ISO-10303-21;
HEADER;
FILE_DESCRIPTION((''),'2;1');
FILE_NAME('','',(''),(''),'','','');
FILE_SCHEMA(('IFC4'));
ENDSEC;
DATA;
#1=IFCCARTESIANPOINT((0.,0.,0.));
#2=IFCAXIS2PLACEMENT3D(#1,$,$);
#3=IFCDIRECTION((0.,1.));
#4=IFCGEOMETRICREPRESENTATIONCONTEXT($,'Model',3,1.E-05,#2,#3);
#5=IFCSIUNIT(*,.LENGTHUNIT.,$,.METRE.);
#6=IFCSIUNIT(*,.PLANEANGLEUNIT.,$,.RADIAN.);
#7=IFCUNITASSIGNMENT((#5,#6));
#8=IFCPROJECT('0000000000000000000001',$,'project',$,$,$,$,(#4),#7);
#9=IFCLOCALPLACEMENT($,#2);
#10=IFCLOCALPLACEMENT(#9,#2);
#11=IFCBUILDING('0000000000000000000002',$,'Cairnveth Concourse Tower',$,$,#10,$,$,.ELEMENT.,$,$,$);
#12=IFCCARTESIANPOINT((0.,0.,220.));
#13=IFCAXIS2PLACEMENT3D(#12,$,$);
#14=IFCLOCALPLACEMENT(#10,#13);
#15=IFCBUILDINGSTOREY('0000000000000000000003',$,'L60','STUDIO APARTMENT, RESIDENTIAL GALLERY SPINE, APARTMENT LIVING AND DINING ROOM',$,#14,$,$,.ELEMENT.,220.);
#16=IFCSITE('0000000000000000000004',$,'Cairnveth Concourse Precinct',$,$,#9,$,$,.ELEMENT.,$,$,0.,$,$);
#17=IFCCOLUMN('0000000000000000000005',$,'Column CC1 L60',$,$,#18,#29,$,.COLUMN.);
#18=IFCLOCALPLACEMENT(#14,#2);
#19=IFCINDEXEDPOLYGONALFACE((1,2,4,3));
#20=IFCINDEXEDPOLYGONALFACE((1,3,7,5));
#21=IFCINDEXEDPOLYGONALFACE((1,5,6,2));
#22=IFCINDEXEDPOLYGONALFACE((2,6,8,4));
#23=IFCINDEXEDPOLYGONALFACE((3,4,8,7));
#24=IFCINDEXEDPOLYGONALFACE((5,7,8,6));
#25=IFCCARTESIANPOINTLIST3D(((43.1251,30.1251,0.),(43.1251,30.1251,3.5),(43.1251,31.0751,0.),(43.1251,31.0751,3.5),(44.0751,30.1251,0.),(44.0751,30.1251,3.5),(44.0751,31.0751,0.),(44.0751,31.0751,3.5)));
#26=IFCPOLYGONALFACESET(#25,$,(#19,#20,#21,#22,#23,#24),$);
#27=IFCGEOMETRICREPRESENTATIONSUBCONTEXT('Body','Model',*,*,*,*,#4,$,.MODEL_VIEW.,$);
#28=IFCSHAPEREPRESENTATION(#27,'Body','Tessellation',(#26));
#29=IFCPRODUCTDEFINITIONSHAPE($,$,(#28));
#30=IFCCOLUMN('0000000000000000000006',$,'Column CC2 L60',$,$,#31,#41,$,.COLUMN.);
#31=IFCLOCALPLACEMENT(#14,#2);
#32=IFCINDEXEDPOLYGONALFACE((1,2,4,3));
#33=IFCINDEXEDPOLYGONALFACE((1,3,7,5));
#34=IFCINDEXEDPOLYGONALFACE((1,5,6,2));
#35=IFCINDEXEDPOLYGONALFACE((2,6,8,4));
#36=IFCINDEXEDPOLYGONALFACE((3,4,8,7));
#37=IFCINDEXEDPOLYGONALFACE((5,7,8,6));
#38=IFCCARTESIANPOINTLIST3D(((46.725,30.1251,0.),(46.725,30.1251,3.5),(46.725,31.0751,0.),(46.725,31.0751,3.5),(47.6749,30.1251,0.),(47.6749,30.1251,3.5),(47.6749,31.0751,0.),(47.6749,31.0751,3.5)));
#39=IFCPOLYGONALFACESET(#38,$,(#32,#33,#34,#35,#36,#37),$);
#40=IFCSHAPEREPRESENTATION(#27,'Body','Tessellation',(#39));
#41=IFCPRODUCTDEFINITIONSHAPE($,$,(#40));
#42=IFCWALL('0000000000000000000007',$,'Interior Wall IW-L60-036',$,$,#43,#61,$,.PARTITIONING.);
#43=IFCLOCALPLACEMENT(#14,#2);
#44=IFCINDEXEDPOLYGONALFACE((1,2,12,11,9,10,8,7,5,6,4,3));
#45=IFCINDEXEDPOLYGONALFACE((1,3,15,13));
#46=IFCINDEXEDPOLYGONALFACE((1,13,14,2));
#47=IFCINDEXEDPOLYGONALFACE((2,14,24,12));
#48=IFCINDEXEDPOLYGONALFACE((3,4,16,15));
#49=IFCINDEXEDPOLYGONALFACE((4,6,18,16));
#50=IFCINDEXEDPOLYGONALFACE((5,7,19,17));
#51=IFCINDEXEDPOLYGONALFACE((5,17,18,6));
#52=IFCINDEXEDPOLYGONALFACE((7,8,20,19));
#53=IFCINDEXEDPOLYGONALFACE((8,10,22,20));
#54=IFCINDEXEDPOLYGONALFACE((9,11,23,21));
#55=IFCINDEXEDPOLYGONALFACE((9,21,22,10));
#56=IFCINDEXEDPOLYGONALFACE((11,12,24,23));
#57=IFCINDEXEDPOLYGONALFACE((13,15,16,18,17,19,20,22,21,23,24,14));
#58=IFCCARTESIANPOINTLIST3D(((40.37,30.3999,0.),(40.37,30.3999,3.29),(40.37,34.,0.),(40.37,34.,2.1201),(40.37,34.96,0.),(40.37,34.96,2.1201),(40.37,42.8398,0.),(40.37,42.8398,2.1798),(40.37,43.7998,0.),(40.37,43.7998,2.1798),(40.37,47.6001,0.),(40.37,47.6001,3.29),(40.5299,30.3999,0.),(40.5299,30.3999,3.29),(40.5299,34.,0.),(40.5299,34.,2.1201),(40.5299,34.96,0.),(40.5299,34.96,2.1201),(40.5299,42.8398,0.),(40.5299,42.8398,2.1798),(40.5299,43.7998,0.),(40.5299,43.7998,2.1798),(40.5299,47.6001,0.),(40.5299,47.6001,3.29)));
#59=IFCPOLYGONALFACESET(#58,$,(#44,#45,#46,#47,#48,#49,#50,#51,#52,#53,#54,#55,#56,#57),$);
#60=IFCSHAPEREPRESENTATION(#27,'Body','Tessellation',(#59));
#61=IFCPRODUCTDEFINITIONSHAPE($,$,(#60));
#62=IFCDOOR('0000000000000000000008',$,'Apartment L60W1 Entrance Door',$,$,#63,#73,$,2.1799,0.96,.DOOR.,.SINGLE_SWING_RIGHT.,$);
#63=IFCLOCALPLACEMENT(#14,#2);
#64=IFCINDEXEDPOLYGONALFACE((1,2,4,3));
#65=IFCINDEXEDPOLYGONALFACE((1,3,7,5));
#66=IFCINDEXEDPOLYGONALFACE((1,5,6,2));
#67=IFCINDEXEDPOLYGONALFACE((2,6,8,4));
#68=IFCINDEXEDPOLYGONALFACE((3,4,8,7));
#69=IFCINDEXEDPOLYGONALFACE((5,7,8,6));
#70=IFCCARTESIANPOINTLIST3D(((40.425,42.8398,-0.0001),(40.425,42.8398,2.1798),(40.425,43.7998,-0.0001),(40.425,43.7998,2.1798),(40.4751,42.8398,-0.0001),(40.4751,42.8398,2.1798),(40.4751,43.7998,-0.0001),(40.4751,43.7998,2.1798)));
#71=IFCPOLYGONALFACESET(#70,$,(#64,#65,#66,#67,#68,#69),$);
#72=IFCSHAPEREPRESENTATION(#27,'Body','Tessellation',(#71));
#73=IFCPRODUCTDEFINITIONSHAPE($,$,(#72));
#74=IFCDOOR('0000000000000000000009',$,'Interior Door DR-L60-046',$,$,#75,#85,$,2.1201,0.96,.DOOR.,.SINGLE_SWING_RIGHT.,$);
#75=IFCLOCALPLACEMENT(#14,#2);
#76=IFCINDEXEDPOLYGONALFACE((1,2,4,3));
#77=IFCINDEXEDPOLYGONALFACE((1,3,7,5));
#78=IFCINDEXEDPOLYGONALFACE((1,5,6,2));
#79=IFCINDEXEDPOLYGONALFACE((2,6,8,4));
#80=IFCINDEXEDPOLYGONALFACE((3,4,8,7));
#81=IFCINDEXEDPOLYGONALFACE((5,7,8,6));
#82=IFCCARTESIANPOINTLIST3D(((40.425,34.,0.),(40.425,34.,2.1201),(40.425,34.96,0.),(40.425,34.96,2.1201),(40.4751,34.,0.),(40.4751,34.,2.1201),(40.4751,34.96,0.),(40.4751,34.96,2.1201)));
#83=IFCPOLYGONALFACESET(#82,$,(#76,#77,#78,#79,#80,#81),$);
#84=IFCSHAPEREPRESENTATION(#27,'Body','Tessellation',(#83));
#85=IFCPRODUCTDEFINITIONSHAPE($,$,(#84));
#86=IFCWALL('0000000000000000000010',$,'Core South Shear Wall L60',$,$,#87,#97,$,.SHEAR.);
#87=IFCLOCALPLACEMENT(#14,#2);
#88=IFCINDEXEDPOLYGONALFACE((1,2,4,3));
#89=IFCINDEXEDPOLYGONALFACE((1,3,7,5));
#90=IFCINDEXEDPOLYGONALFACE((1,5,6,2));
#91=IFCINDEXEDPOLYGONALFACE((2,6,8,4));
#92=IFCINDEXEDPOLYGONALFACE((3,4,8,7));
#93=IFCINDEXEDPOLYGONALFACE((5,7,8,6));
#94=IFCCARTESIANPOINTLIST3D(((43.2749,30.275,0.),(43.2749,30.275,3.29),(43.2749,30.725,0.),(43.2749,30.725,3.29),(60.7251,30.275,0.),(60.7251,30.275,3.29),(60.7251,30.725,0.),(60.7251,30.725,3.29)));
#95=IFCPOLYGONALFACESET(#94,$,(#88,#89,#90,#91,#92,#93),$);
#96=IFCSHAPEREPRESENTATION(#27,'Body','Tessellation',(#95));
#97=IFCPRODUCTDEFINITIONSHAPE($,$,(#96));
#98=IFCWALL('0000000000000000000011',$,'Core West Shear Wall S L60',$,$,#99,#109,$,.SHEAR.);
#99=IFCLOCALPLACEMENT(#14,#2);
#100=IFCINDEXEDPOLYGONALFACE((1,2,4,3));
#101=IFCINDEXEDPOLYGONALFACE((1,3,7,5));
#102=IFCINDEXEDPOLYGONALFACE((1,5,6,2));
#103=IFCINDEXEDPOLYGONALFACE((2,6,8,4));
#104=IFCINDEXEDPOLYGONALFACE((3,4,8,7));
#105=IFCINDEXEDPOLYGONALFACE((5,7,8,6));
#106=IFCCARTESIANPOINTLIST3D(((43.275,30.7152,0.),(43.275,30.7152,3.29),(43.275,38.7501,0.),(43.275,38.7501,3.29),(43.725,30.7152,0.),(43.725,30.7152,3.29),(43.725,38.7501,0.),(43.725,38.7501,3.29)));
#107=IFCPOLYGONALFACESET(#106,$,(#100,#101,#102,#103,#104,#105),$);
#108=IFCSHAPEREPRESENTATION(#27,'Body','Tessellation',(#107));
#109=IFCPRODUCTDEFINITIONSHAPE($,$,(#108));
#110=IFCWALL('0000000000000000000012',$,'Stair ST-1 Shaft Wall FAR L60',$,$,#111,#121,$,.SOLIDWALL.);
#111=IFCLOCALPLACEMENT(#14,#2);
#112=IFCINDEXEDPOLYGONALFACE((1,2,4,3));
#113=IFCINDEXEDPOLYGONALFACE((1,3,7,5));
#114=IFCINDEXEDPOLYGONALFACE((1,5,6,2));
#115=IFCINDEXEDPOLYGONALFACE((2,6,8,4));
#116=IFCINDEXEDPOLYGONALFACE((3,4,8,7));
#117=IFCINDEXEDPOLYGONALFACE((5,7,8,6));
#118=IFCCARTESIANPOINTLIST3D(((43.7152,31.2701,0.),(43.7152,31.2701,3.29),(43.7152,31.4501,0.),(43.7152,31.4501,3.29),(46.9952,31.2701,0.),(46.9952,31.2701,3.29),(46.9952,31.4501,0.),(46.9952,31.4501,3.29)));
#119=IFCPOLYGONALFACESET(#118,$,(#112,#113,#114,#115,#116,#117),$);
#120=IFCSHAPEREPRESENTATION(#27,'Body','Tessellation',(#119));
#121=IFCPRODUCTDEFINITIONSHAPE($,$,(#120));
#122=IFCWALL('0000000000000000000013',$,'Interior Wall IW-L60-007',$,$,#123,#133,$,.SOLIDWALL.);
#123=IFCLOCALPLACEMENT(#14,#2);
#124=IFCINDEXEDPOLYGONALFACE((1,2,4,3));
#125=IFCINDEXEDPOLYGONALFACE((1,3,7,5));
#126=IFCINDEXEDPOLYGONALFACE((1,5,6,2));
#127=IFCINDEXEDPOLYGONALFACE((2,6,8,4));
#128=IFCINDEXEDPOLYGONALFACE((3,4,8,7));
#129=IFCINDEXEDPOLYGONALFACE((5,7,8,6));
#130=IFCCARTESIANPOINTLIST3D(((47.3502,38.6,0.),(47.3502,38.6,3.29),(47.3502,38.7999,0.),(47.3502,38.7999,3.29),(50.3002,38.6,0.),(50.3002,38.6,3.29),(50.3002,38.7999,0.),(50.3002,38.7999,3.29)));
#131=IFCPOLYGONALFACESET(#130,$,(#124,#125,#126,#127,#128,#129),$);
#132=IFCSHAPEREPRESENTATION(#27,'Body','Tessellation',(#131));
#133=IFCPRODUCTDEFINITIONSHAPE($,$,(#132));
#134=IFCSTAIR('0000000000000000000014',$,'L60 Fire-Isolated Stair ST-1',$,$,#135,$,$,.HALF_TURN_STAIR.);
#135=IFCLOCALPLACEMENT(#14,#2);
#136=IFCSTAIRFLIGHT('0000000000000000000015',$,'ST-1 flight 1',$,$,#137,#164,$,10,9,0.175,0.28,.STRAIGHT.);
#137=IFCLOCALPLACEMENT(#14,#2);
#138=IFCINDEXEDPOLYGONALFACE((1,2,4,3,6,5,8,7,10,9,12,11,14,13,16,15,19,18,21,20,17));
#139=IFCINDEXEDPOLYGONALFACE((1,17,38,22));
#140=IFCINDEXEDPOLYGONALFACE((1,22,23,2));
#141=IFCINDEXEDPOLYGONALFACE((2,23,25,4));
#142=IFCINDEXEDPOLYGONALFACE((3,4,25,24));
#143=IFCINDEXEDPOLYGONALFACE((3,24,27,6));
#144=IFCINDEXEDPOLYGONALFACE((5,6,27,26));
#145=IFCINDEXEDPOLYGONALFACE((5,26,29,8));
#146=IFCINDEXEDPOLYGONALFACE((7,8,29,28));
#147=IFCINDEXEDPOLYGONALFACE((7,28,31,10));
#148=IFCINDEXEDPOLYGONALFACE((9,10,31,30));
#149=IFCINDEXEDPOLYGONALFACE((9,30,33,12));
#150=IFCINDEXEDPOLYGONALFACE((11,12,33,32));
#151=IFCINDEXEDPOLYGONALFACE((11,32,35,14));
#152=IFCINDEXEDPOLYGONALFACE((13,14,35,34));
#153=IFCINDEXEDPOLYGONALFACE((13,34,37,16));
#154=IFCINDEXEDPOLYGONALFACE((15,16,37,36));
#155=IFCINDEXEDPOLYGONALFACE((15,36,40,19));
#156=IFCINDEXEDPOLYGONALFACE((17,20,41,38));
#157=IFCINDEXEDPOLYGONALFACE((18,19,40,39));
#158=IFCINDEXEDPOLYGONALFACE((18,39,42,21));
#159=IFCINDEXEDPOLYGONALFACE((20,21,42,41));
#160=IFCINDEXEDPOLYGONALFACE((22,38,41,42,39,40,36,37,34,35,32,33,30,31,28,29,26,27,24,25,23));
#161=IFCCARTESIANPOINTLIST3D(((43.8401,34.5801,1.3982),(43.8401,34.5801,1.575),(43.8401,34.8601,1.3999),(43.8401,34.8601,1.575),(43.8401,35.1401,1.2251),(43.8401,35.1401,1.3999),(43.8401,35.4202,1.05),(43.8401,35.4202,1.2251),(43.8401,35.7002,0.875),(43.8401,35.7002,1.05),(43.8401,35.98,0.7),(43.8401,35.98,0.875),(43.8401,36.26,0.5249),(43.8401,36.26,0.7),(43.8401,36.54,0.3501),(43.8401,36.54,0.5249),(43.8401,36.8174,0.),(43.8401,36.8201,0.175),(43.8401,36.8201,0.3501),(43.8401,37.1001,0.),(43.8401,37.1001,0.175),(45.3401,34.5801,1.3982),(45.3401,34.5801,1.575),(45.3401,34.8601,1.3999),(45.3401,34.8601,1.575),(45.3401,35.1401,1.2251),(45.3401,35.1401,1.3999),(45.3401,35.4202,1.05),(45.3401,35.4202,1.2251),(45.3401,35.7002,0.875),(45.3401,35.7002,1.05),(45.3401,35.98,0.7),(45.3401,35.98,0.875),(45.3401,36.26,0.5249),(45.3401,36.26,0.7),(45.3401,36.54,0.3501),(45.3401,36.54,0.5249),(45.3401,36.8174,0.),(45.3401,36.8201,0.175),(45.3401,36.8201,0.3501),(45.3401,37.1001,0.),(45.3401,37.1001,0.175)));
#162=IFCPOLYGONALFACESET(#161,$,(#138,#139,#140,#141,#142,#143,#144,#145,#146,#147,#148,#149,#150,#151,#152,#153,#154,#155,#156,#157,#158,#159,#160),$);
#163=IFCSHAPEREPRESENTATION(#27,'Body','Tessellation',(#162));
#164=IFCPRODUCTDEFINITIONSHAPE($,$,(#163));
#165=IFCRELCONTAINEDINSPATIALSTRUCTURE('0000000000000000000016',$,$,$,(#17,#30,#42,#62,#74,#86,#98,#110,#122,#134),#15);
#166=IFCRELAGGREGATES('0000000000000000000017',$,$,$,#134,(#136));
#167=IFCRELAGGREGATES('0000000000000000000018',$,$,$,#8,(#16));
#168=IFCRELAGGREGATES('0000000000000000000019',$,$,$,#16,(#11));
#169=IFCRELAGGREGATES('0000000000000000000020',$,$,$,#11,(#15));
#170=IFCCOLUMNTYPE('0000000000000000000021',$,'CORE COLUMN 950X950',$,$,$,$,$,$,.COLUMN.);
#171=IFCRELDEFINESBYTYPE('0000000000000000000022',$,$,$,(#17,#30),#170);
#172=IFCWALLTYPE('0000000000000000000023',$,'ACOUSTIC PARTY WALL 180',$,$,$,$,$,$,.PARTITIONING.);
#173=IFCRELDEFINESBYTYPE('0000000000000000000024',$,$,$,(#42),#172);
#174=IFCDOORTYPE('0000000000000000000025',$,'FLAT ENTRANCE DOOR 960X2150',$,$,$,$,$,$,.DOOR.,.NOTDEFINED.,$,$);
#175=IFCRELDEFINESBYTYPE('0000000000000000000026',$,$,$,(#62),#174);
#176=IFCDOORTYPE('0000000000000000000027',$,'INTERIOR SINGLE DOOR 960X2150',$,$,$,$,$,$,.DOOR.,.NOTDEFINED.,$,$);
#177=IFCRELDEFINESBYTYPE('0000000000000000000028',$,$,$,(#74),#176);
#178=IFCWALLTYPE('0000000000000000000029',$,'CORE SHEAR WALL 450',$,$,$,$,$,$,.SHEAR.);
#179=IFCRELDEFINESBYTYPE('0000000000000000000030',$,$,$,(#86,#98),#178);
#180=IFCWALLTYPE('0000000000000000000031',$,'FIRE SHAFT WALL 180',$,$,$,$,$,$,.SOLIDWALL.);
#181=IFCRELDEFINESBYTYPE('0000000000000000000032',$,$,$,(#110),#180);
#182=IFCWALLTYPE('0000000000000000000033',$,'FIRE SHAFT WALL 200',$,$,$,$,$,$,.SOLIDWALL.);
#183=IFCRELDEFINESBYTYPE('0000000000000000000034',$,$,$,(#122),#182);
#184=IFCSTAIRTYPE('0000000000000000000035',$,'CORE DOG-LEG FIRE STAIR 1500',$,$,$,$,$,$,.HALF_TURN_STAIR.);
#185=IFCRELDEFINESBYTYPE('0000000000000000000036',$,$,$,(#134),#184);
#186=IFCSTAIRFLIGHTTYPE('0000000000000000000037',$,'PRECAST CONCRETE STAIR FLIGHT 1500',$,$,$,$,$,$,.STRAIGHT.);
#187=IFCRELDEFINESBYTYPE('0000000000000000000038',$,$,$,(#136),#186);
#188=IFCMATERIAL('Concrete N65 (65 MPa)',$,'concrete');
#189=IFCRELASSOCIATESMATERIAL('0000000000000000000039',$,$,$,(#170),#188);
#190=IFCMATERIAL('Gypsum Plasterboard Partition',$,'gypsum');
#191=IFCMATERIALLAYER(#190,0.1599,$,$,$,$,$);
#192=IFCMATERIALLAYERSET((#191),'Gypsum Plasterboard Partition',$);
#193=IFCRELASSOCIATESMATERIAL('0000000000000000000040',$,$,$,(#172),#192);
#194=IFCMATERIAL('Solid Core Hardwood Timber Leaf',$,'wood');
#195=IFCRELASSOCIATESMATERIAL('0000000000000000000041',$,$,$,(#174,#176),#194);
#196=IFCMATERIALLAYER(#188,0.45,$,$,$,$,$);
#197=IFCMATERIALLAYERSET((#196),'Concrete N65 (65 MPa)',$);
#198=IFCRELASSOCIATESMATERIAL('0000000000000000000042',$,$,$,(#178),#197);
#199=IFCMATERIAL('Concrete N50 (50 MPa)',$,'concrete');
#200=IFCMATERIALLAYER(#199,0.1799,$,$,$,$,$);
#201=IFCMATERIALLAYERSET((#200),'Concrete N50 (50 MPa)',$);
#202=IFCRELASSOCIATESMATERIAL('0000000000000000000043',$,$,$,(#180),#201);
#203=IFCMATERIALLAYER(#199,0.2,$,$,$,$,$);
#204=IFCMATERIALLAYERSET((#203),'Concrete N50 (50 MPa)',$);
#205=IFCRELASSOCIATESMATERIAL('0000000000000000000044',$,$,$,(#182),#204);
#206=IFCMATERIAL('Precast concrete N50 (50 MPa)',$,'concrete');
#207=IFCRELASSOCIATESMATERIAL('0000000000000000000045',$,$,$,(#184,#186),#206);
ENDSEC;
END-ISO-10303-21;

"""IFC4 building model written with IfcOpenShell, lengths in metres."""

from ifc_helpers import new_model, si_unit, direction, frame, frame_2d, origin, origin_2d, place, context, subcontext, project, spatial, polyline, rectangle, outline, extrude, material, layer, layer_set, material_profile, profile_set, type_object, element, fill, aggregate, save


model = new_model("IFC4")

# Units and contexts
model_context = context("Model", 3, precision=1e-05, world=origin(), true_north=direction((0.0, 1.0)))
body_context = subcontext(model_context, "Body", "Model", "MODEL_VIEW")
ifc_project = project(units=[si_unit("LENGTHUNIT", "METRE"), si_unit("PLANEANGLEUNIT", "RADIAN")], contexts=[model_context])

# Site, building, storey
site_placement = place(None, origin())
site = spatial("IfcSite", under=ifc_project, at=site_placement, Name="Cairnveth Concourse Precinct", CompositionType="ELEMENT", RefElevation=0.0)
building_placement = place(site_placement, origin())
building = spatial("IfcBuilding", under=site, at=building_placement, Name="Cairnveth Concourse Tower", CompositionType="ELEMENT")
storey_placement = place(building_placement, frame((0.0, 0.0, 220.0)))
storey = spatial("IfcBuildingStorey", under=building, at=storey_placement, Name="L60", Description="STUDIO APARTMENT, RESIDENTIAL GALLERY SPINE, APARTMENT LIVING AND DINING ROOM", CompositionType="ELEMENT", Elevation=220.0)

# Columns
ifc_material_1 = material(Name="Concrete N65 (65 MPa)", Category="concrete")
ifc_material_profile = material_profile(ifc_material_1, rectangle(XDim=0.95, YDim=0.95, at=origin_2d()), Name="RC-COL-950x950")
ifc_profile_set = profile_set([ifc_material_profile], Name="Concrete N65 (65 MPa)")
column_type = type_object("IfcColumnType", Name="CORE COLUMN 950X950", PredefinedType="COLUMN", material=ifc_profile_set)
for number, where, z_axis, x_axis, name in (
    (1, (43.6001, 30.6001, 0.0), (0.0, 0.0, 1.0), (1.0, 0.0, 0.0), "Column CC1 L60"),
    (2, (47.2, 30.6001, 0.0), (0.0, 0.0, 1.0), (1.0, 0.0, 0.0), "Column CC2 L60"),
):
    element("IfcColumn", number, at=place(storey_placement, frame(where, z_axis=z_axis, x_axis=x_axis)), inside=storey, type_object=column_type, Name=name, PredefinedType="COLUMN", context=body_context, shape_type="SweptSolid", body=[
        extrude(rectangle(XDim=0.95, YDim=0.95, at=origin_2d()), origin(), (0.0, 0.0, 1.0), 3.5),
    ])

# Wall, openings, doors
ifc_material_2 = material(Name="Gypsum Plasterboard Partition", Category="gypsum")
ifc_layer_1 = layer(ifc_material_2, 0.1599)
ifc_layer_set_1 = layer_set([ifc_layer_1], Name="Gypsum Plasterboard Partition")
wall_type_1 = type_object("IfcWallType", Name="ACOUSTIC PARTY WALL 180", PredefinedType="PARTITIONING", material=ifc_layer_set_1)
wall_1_placement = place(storey_placement, frame((40.45, 30.3999, 0.0), z_axis=(0.0, 0.0, 1.0), x_axis=(0.0, 1.0, 0.0)))
wall_1 = element("IfcWall", 3, at=wall_1_placement, inside=storey, type_object=wall_type_1, Name="Interior Wall IW-L60-036", PredefinedType="PARTITIONING", context=body_context, shape_type="SweptSolid", body=[
    extrude(rectangle(XDim=17.2002, YDim=0.1599, at=frame_2d((8.6001, 0.0))), origin(), (0.0, 0.0, 1.0), 3.29),
])
opening_1_placement = place(wall_1_placement, frame((3.6001, 0.0, 0.0)))
opening_1 = element("IfcOpeningElement", 4, at=opening_1_placement, cuts=wall_1, PredefinedType="OPENING", context=body_context, shape_type="SweptSolid", body=[
    extrude(rectangle(XDim=0.96, YDim=2.1201, at=frame_2d((0.48, 1.0601))), frame((0.0, 0.0898, 0.0), z_axis=(0.0, -1.0, 0.0), x_axis=(1.0, 0.0, 0.0)), (0.0, 0.0, 1.0), 0.1799),
])
opening_2_placement = place(wall_1_placement, frame((12.4399, 0.0, 0.0)))
opening_2 = element("IfcOpeningElement", 5, at=opening_2_placement, cuts=wall_1, PredefinedType="OPENING", context=body_context, shape_type="SweptSolid", body=[
    extrude(rectangle(XDim=0.96, YDim=2.1799, at=frame_2d((0.48, 1.0898))), frame((0.0, 0.0898, 0.0), z_axis=(0.0, -1.0, 0.0), x_axis=(1.0, 0.0, 0.0)), (0.0, 0.0, 1.0), 0.1799),
])
ifc_material_3 = material(Name="Solid Core Hardwood Timber Leaf", Category="wood")
door_type_1 = type_object("IfcDoorType", Name="FLAT ENTRANCE DOOR 960X2150", OperationType="NOTDEFINED", PredefinedType="DOOR", material=ifc_material_3)
door_1_placement = place(opening_2_placement, origin())
door_1 = element("IfcDoor", 6, at=door_1_placement, inside=storey, type_object=door_type_1, Name="Apartment L60W1 Entrance Door", OperationType="SINGLE_SWING_RIGHT", OverallHeight=2.1799, OverallWidth=0.96, PredefinedType="DOOR", context=body_context, shape_type="SweptSolid", body=[
    extrude(rectangle(XDim=0.96, YDim=2.1799, at=frame_2d((0.48, 1.0898))), frame((0.0, 0.0249, 0.0), z_axis=(0.0, -1.0, 0.0), x_axis=(1.0, 0.0, 0.0)), (0.0, 0.0, 1.0), 0.05),
])
fill(opening_2, door_1)
door_type_2 = type_object("IfcDoorType", Name="INTERIOR SINGLE DOOR 960X2150", OperationType="NOTDEFINED", PredefinedType="DOOR", material=ifc_material_3)
door_2_placement = place(opening_1_placement, origin())
door_2 = element("IfcDoor", 7, at=door_2_placement, inside=storey, type_object=door_type_2, Name="Interior Door DR-L60-046", OperationType="SINGLE_SWING_RIGHT", OverallHeight=2.1201, OverallWidth=0.96, PredefinedType="DOOR", context=body_context, shape_type="SweptSolid", body=[
    extrude(rectangle(XDim=0.96, YDim=2.1201, at=frame_2d((0.48, 1.0601))), frame((0.0, 0.0249, 0.0), z_axis=(0.0, -1.0, 0.0), x_axis=(1.0, 0.0, 0.0)), (0.0, 0.0, 1.0), 0.05),
])
fill(opening_1, door_2)

# Walls
ifc_layer_2 = layer(ifc_material_1, 0.45)
ifc_layer_set_2 = layer_set([ifc_layer_2], Name="Concrete N65 (65 MPa)")
wall_type_2 = type_object("IfcWallType", Name="CORE SHEAR WALL 450", PredefinedType="SHEAR", material=ifc_layer_set_2)
wall_2_placement = place(storey_placement, frame((43.2749, 30.5, 0.0), z_axis=(0.0, 0.0, 1.0), x_axis=(1.0, 0.0, 0.0)))
element("IfcWall", 8, at=wall_2_placement, inside=storey, type_object=wall_type_2, Name="Core South Shear Wall L60", PredefinedType="SHEAR", context=body_context, shape_type="SweptSolid", body=[
    extrude(rectangle(XDim=17.4502, YDim=0.45, at=frame_2d((8.7251, 0.0))), origin(), (0.0, 0.0, 1.0), 3.29),
])
wall_3_placement = place(storey_placement, frame((43.5, 30.7151, 0.0), z_axis=(0.0, 0.0, 1.0), x_axis=(0.0, 1.0, 0.0)))
element("IfcWall", 9, at=wall_3_placement, inside=storey, type_object=wall_type_2, Name="Core West Shear Wall S L60", PredefinedType="SHEAR", context=body_context, shape_type="SweptSolid", body=[
    extrude(rectangle(XDim=8.0349, YDim=0.45, at=frame_2d((4.0176, 0.0))), origin(), (0.0, 0.0, 1.0), 3.29),
])

# Shared definitions
ifc_material_4 = material(Name="Concrete N50 (50 MPa)", Category="concrete")
ifc_layer_3 = layer(ifc_material_4, 0.1799)
ifc_layer_set_3 = layer_set([ifc_layer_3], Name="Concrete N50 (50 MPa)")
wall_type_3 = type_object("IfcWallType", Name="FIRE SHAFT WALL 180", PredefinedType="SOLIDWALL", material=ifc_layer_set_3)

# Walls
wall_4_placement = place(storey_placement, frame((43.7151, 31.3601, 0.0), z_axis=(0.0, 0.0, 1.0), x_axis=(1.0, 0.0, 0.0)))
element("IfcWall", 10, at=wall_4_placement, inside=storey, type_object=wall_type_3, Name="Stair ST-1 Shaft Wall FAR L60", PredefinedType="SOLIDWALL", context=body_context, shape_type="SweptSolid", body=[
    extrude(rectangle(XDim=3.28, YDim=0.1799, at=frame_2d((1.6401, 0.0))), origin(), (0.0, 0.0, 1.0), 3.29),
])
ifc_layer_4 = layer(ifc_material_4, 0.2)
ifc_layer_set_4 = layer_set([ifc_layer_4], Name="Concrete N50 (50 MPa)")
wall_type_4 = type_object("IfcWallType", Name="FIRE SHAFT WALL 200", PredefinedType="SOLIDWALL", material=ifc_layer_set_4)
wall_5_placement = place(storey_placement, frame((47.3501, 38.7, 0.0), z_axis=(0.0, 0.0, 1.0), x_axis=(1.0, 0.0, 0.0)))
element("IfcWall", 11, at=wall_5_placement, inside=storey, type_object=wall_type_4, Name="Interior Wall IW-L60-007", PredefinedType="SOLIDWALL", context=body_context, shape_type="SweptSolid", body=[
    extrude(rectangle(XDim=2.95, YDim=0.2, at=frame_2d((1.4751, 0.0))), origin(), (0.0, 0.0, 1.0), 3.29),
])

# Stair, stair flight
ifc_material_5 = material(Name="Precast concrete N50 (50 MPa)", Category="concrete")
stair_type = type_object("IfcStairType", Name="CORE DOG-LEG FIRE STAIR 1500", PredefinedType="HALF_TURN_STAIR", material=ifc_material_5)
stair_placement = place(storey_placement, origin())
stair = element("IfcStair", 12, at=stair_placement, inside=storey, type_object=stair_type, Name="L60 Fire-Isolated Stair ST-1", PredefinedType="HALF_TURN_STAIR")
stair_flight_type = type_object("IfcStairFlightType", Name="PRECAST CONCRETE STAIR FLIGHT 1500", PredefinedType="STRAIGHT", material=ifc_material_5)
stair_flight_1_placement = place(storey_placement, frame((44.5901, 37.1001, 0.0), z_axis=(0.0, 0.0, 1.0), x_axis=(0.0, -1.0, 0.0)))
stair_flight_1 = element("IfcStairFlight", 13, at=stair_flight_1_placement, type_object=stair_flight_type, Name="ST-1 flight 1", NumberOfRisers=10, NumberOfTreads=9, PredefinedType="STRAIGHT", RiserHeight=0.175, TreadLength=0.28, context=body_context, shape_type="SweptSolid", body=[
    extrude(outline(polyline([(0.0, 0.0), (0.0, 0.175), (0.28, 0.175), (0.28, 0.3501), (0.5601, 0.3501), (0.5601, 0.5249), (0.8401, 0.5249), (0.8401, 0.7), (1.1201, 0.7), (1.1201, 0.875), (1.3999, 0.875), (1.3999, 1.05), (1.6799, 1.05), (1.6799, 1.2251), (1.96, 1.2251), (1.96, 1.3999), (2.24, 1.3999), (2.24, 1.575), (2.52, 1.575), (2.52, 1.75), (2.52, 1.3982), (0.2827, 0.0), (0.0, 0.0)])), frame((0.0, 0.75, 0.0), z_axis=(0.0, -1.0, 0.0), x_axis=(1.0, 0.0, 0.0)), (0.0, 0.0, 1.0), 1.5),
])
aggregate(stair, [stair_flight_1])

save(model, "model.ifc")
